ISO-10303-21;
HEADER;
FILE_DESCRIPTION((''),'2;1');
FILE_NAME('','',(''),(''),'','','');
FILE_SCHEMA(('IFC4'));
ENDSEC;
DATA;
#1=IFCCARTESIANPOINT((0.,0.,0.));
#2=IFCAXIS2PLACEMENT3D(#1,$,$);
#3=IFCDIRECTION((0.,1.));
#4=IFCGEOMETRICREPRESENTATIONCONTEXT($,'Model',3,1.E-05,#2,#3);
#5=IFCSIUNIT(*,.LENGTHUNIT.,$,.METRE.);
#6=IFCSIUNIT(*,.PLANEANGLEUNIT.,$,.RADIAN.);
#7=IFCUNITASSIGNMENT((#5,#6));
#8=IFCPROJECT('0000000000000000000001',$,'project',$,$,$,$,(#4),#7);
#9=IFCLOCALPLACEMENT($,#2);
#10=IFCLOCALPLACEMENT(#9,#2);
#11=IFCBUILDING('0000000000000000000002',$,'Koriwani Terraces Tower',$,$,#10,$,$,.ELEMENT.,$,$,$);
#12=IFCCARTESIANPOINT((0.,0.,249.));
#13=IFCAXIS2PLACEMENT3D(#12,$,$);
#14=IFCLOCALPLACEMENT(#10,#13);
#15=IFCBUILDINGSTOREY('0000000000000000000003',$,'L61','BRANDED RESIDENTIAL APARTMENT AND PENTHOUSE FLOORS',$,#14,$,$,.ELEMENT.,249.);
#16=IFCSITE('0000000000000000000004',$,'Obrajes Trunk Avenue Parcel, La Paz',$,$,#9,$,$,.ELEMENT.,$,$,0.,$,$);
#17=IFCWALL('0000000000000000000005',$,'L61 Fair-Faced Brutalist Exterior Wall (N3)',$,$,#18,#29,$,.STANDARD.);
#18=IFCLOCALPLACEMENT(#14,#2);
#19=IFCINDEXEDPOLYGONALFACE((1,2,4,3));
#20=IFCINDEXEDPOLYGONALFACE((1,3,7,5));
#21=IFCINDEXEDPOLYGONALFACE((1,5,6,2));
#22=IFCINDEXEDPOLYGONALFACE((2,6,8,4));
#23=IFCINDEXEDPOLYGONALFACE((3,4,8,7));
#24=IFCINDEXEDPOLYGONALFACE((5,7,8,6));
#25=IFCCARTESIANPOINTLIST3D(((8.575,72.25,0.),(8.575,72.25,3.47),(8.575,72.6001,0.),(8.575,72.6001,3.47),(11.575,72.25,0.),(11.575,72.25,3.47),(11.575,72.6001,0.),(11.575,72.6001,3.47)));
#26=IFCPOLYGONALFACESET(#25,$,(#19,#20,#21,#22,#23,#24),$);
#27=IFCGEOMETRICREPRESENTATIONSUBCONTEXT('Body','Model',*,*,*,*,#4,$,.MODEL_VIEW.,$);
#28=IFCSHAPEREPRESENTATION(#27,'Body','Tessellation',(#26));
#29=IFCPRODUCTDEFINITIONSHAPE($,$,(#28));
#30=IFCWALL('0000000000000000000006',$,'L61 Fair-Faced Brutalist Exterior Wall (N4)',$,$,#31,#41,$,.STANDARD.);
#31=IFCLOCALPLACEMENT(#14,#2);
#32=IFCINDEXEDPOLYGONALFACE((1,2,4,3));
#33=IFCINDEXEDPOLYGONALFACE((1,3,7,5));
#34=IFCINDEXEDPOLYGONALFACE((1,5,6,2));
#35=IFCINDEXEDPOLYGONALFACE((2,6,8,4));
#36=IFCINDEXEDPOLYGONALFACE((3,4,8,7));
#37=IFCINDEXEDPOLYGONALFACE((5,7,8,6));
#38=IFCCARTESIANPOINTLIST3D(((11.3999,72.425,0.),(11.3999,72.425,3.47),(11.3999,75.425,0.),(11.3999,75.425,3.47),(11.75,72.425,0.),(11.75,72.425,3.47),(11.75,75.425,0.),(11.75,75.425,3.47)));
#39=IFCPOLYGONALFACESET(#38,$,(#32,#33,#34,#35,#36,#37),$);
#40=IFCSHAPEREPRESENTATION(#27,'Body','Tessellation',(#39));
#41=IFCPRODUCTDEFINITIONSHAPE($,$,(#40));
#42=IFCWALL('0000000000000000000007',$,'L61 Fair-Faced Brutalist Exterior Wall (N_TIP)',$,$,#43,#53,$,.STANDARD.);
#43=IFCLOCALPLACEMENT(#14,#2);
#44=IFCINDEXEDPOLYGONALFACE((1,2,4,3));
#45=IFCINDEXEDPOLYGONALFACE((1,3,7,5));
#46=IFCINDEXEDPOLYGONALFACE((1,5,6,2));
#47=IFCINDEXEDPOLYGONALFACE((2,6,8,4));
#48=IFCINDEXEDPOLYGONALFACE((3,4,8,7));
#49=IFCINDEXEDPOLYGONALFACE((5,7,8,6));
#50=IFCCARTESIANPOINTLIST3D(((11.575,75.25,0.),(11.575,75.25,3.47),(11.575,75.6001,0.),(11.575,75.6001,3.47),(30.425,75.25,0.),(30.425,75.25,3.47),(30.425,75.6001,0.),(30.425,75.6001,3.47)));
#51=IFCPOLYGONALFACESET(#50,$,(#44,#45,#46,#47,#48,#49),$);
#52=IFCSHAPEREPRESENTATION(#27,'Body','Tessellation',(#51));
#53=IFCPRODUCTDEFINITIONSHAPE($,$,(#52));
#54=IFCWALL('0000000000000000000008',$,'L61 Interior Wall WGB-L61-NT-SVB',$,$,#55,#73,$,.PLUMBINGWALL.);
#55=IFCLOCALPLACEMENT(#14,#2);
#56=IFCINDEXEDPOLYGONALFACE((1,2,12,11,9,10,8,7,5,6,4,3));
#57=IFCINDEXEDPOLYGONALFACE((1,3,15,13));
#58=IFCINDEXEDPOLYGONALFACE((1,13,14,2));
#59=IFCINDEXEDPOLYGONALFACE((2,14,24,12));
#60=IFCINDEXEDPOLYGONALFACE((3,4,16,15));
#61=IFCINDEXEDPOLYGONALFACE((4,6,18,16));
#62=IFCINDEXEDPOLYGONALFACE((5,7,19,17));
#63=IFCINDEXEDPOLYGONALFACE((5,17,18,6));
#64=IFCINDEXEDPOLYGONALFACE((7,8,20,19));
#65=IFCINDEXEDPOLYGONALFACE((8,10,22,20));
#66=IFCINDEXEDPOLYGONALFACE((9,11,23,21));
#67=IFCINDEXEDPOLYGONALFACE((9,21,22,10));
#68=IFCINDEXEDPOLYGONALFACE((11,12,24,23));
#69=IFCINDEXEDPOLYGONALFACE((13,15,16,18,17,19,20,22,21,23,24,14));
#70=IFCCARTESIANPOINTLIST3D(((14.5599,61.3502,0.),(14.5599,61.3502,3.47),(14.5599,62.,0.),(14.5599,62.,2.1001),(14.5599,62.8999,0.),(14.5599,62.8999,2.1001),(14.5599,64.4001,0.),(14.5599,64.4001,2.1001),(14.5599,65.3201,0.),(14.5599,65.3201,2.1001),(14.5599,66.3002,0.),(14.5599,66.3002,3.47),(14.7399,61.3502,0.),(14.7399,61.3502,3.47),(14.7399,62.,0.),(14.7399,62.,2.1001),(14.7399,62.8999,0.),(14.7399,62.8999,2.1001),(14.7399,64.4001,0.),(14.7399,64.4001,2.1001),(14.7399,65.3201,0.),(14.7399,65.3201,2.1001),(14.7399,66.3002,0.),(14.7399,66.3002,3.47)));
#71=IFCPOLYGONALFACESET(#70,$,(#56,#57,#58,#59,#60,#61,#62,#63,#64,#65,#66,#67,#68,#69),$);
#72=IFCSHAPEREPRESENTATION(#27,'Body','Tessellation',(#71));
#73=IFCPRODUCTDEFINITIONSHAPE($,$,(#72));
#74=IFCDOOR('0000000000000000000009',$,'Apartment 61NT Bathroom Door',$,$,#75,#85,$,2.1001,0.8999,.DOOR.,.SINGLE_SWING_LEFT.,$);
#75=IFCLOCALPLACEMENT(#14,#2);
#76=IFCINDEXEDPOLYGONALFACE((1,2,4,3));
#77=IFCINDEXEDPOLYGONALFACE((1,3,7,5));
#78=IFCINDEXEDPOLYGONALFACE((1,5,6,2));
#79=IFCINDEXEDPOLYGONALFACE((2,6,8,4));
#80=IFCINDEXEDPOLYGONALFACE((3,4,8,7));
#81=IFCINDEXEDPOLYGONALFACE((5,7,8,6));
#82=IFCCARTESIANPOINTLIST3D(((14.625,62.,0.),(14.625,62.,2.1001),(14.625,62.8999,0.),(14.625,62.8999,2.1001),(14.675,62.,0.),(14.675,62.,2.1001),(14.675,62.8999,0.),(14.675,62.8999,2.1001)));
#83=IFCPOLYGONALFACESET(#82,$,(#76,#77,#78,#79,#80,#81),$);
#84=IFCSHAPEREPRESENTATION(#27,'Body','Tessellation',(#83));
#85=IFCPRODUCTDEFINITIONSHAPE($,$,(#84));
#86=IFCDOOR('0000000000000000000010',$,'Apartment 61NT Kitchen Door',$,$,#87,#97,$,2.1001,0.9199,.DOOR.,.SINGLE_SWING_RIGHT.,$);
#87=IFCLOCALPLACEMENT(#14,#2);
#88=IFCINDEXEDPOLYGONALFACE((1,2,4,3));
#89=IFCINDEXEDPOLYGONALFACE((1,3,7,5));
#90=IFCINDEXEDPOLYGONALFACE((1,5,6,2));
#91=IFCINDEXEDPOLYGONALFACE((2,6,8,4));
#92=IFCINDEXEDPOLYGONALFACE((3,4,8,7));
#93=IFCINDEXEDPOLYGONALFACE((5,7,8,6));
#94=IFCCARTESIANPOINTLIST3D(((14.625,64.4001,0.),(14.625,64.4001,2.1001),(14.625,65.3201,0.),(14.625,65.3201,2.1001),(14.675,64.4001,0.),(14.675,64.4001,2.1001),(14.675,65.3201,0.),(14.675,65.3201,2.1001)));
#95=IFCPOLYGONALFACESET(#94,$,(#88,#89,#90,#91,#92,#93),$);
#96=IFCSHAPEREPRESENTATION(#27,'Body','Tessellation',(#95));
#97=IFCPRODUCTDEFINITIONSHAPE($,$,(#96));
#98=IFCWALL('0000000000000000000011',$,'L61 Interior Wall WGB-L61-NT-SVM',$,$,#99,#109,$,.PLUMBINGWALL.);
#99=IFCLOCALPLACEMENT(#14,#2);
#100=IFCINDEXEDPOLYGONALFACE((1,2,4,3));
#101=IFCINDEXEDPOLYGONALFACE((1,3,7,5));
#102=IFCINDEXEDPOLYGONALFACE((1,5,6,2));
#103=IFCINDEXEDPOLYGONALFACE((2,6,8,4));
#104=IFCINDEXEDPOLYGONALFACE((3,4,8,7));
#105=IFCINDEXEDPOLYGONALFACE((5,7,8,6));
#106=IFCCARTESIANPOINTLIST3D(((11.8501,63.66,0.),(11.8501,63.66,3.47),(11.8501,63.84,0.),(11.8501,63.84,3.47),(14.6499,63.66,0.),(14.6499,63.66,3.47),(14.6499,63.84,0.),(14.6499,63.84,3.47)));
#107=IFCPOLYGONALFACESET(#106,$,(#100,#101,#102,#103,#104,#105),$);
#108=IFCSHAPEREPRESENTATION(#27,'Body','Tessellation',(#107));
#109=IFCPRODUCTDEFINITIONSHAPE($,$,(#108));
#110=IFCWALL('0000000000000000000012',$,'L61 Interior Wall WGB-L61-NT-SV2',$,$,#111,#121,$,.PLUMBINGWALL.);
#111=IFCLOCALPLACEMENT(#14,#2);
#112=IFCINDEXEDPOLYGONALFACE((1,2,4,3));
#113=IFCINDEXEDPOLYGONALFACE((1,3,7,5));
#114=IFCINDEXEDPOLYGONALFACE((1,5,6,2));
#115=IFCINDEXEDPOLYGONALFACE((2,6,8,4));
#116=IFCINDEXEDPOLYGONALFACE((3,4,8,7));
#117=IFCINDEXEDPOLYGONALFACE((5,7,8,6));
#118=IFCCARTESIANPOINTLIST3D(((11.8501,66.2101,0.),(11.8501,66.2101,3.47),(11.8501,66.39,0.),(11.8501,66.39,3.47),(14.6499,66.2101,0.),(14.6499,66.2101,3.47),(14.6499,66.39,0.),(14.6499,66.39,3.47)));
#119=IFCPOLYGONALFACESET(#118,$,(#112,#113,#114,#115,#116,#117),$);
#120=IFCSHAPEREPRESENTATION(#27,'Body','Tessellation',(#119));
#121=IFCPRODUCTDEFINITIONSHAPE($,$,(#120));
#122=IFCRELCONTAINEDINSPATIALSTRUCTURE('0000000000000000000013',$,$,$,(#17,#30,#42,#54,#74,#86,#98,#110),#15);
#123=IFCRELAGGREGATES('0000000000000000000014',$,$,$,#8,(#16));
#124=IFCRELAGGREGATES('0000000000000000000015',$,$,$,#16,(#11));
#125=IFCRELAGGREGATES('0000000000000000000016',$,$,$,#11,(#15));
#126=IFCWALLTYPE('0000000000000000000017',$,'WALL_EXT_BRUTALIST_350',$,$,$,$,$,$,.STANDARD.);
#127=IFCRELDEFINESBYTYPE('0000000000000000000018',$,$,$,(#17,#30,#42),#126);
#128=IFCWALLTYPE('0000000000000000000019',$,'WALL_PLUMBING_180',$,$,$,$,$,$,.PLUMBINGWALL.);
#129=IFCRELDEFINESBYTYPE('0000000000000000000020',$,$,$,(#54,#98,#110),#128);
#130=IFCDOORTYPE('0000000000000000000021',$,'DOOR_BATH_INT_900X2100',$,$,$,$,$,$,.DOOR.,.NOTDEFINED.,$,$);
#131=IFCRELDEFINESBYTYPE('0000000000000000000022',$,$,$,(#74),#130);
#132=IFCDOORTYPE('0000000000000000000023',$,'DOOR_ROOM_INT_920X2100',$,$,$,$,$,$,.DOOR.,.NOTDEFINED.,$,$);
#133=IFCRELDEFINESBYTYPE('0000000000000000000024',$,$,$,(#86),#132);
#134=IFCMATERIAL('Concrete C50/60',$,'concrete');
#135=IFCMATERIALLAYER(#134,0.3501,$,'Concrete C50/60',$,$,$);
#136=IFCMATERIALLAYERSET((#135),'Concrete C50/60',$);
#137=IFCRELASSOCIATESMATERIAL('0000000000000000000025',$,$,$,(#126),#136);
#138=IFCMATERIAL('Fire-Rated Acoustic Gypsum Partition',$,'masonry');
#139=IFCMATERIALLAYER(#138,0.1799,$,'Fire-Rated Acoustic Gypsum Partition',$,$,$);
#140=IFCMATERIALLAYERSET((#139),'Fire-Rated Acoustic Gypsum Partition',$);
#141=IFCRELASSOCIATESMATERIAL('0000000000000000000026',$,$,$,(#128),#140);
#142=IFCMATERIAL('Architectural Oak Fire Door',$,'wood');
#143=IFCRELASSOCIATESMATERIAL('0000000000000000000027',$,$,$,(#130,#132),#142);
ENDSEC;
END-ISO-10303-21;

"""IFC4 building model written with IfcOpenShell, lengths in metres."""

from ifc_helpers import new_model, si_unit, direction, frame, frame_2d, origin, place, context, subcontext, project, spatial, rectangle, extrude, material, layer, layer_set, type_object, element, fill, save


model = new_model("IFC4")

# Units and contexts
model_context = context("Model", 3, precision=1e-05, world=origin(), true_north=direction((0.0, 1.0)))
body_context = subcontext(model_context, "Body", "Model", "MODEL_VIEW")
ifc_project = project(units=[si_unit("LENGTHUNIT", "METRE"), si_unit("PLANEANGLEUNIT", "RADIAN")], contexts=[model_context])

# Site, building, storey
site_placement = place(None, origin())
site = spatial("IfcSite", under=ifc_project, at=site_placement, Name="Obrajes Trunk Avenue Parcel, La Paz", CompositionType="ELEMENT", RefElevation=0.0)
building_placement = place(site_placement, origin())
building = spatial("IfcBuilding", under=site, at=building_placement, Name="Koriwani Terraces Tower", CompositionType="ELEMENT")
storey_placement = place(building_placement, frame((0.0, 0.0, 249.0)))
storey = spatial("IfcBuildingStorey", under=building, at=storey_placement, Name="L61", Description="BRANDED RESIDENTIAL APARTMENT AND PENTHOUSE FLOORS", CompositionType="ELEMENT", Elevation=249.0)

# Shared definitions
ifc_material_1 = material(Name="Concrete C50/60", Category="concrete")

# Shared definitions
ifc_material_2 = material(Name="Architectural Oak Fire Door", Category="wood")

# Walls
ifc_layer_1 = layer(ifc_material_1, 0.3501, Name="Concrete C50/60")
ifc_layer_set_1 = layer_set([ifc_layer_1], Name="Concrete C50/60")
wall_type_1 = type_object("IfcWallType", Name="WALL_EXT_BRUTALIST_350", PredefinedType="STANDARD", material=ifc_layer_set_1)
for number, where, z_axis, x_axis, name in (
    (1, (8.575, 72.425, 0.0), (0.0, 0.0, 1.0), (1.0, 0.0, 0.0), "L61 Fair-Faced Brutalist Exterior Wall (N3)"),
    (2, (11.575, 72.425, 0.0), (0.0, 0.0, 1.0), (0.0, 1.0, 0.0), "L61 Fair-Faced Brutalist Exterior Wall (N4)"),
):
    element("IfcWall", number, at=place(storey_placement, frame(where, z_axis=z_axis, x_axis=x_axis)), inside=storey, type_object=wall_type_1, Name=name, PredefinedType="STANDARD", context=body_context, shape_type="SweptSolid", body=[
        extrude(rectangle(XDim=3.0, YDim=0.3501, at=frame_2d((1.5, 0.0))), origin(), (0.0, 0.0, 1.0), 3.47),
    ])
wall_1_placement = place(storey_placement, frame((11.575, 75.425, 0.0), z_axis=(0.0, 0.0, 1.0), x_axis=(1.0, 0.0, 0.0)))
element("IfcWall", 3, at=wall_1_placement, inside=storey, type_object=wall_type_1, Name="L61 Fair-Faced Brutalist Exterior Wall (N_TIP)", PredefinedType="STANDARD", context=body_context, shape_type="SweptSolid", body=[
    extrude(rectangle(XDim=18.8501, YDim=0.3501, at=frame_2d((9.425, 0.0))), origin(), (0.0, 0.0, 1.0), 3.47),
])

# Wall, openings, doors
ifc_material_3 = material(Name="Fire-Rated Acoustic Gypsum Partition", Category="masonry")
ifc_layer_2 = layer(ifc_material_3, 0.1799, Name="Fire-Rated Acoustic Gypsum Partition")
ifc_layer_set_2 = layer_set([ifc_layer_2], Name="Fire-Rated Acoustic Gypsum Partition")
wall_type_2 = type_object("IfcWallType", Name="WALL_PLUMBING_180", PredefinedType="PLUMBINGWALL", material=ifc_layer_set_2)
wall_2_placement = place(storey_placement, frame((14.6499, 61.3501, 0.0), z_axis=(0.0, 0.0, 1.0), x_axis=(0.0, 1.0, 0.0)))
wall_2 = element("IfcWall", 4, at=wall_2_placement, inside=storey, type_object=wall_type_2, Name="L61 Interior Wall WGB-L61-NT-SVB", PredefinedType="PLUMBINGWALL", context=body_context, shape_type="SweptSolid", body=[
    extrude(rectangle(XDim=4.95, YDim=0.1799, at=frame_2d((2.4751, 0.0))), origin(), (0.0, 0.0, 1.0), 3.47),
])
opening_1_placement = place(wall_2_placement, frame((0.6499, 0.0, 0.0)))
opening_1 = element("IfcOpeningElement", 5, at=opening_1_placement, cuts=wall_2, PredefinedType="OPENING", context=body_context, shape_type="SweptSolid", body=[
    extrude(rectangle(XDim=0.8999, YDim=2.1001, at=frame_2d((0.45, 1.05))), frame((0.0, 0.1001, 0.0), z_axis=(0.0, -1.0, 0.0), x_axis=(1.0, 0.0, 0.0)), (0.0, 0.0, 1.0), 0.2),
])
opening_2_placement = place(wall_2_placement, frame((3.05, 0.0, 0.0)))
opening_2 = element("IfcOpeningElement", 6, at=opening_2_placement, cuts=wall_2, PredefinedType="OPENING", context=body_context, shape_type="SweptSolid", body=[
    extrude(rectangle(XDim=0.9199, YDim=2.1001, at=frame_2d((0.46, 1.05))), frame((0.0, 0.1001, 0.0), z_axis=(0.0, -1.0, 0.0), x_axis=(1.0, 0.0, 0.0)), (0.0, 0.0, 1.0), 0.2),
])
door_type_1 = type_object("IfcDoorType", Name="DOOR_BATH_INT_900X2100", OperationType="NOTDEFINED", PredefinedType="DOOR", material=ifc_material_2)
door_1_placement = place(opening_1_placement, origin())
door_1 = element("IfcDoor", 7, at=door_1_placement, inside=storey, type_object=door_type_1, Name="Apartment 61NT Bathroom Door", OperationType="SINGLE_SWING_LEFT", OverallHeight=2.1001, OverallWidth=0.8999, PredefinedType="DOOR", context=body_context, shape_type="SweptSolid", body=[
    extrude(rectangle(XDim=0.8999, YDim=2.1001, at=frame_2d((0.45, 1.05))), frame((0.0, 0.0249, 0.0), z_axis=(0.0, -1.0, 0.0), x_axis=(1.0, 0.0, 0.0)), (0.0, 0.0, 1.0), 0.05),
])
fill(opening_1, door_1)
door_type_2 = type_object("IfcDoorType", Name="DOOR_ROOM_INT_920X2100", OperationType="NOTDEFINED", PredefinedType="DOOR", material=ifc_material_2)
door_2_placement = place(opening_2_placement, origin())
door_2 = element("IfcDoor", 8, at=door_2_placement, inside=storey, type_object=door_type_2, Name="Apartment 61NT Kitchen Door", OperationType="SINGLE_SWING_RIGHT", OverallHeight=2.1001, OverallWidth=0.9199, PredefinedType="DOOR", context=body_context, shape_type="SweptSolid", body=[
    extrude(rectangle(XDim=0.9199, YDim=2.1001, at=frame_2d((0.46, 1.05))), frame((0.0, 0.0249, 0.0), z_axis=(0.0, -1.0, 0.0), x_axis=(1.0, 0.0, 0.0)), (0.0, 0.0, 1.0), 0.05),
])
fill(opening_2, door_2)

# Walls
for number, where, z_axis, x_axis, name in (
    (9, (11.8501, 63.75, 0.0), (0.0, 0.0, 1.0), (1.0, 0.0, 0.0), "L61 Interior Wall WGB-L61-NT-SVM"),
    (10, (11.8501, 66.3, 0.0), (0.0, 0.0, 1.0), (1.0, 0.0, 0.0), "L61 Interior Wall WGB-L61-NT-SV2"),
):
    element("IfcWall", number, at=place(storey_placement, frame(where, z_axis=z_axis, x_axis=x_axis)), inside=storey, type_object=wall_type_2, Name=name, PredefinedType="PLUMBINGWALL", context=body_context, shape_type="SweptSolid", body=[
        extrude(rectangle(XDim=2.7998, YDim=0.1799, at=frame_2d((1.3999, 0.0))), origin(), (0.0, 0.0, 1.0), 3.47),
    ])

save(model, "model.ifc")
